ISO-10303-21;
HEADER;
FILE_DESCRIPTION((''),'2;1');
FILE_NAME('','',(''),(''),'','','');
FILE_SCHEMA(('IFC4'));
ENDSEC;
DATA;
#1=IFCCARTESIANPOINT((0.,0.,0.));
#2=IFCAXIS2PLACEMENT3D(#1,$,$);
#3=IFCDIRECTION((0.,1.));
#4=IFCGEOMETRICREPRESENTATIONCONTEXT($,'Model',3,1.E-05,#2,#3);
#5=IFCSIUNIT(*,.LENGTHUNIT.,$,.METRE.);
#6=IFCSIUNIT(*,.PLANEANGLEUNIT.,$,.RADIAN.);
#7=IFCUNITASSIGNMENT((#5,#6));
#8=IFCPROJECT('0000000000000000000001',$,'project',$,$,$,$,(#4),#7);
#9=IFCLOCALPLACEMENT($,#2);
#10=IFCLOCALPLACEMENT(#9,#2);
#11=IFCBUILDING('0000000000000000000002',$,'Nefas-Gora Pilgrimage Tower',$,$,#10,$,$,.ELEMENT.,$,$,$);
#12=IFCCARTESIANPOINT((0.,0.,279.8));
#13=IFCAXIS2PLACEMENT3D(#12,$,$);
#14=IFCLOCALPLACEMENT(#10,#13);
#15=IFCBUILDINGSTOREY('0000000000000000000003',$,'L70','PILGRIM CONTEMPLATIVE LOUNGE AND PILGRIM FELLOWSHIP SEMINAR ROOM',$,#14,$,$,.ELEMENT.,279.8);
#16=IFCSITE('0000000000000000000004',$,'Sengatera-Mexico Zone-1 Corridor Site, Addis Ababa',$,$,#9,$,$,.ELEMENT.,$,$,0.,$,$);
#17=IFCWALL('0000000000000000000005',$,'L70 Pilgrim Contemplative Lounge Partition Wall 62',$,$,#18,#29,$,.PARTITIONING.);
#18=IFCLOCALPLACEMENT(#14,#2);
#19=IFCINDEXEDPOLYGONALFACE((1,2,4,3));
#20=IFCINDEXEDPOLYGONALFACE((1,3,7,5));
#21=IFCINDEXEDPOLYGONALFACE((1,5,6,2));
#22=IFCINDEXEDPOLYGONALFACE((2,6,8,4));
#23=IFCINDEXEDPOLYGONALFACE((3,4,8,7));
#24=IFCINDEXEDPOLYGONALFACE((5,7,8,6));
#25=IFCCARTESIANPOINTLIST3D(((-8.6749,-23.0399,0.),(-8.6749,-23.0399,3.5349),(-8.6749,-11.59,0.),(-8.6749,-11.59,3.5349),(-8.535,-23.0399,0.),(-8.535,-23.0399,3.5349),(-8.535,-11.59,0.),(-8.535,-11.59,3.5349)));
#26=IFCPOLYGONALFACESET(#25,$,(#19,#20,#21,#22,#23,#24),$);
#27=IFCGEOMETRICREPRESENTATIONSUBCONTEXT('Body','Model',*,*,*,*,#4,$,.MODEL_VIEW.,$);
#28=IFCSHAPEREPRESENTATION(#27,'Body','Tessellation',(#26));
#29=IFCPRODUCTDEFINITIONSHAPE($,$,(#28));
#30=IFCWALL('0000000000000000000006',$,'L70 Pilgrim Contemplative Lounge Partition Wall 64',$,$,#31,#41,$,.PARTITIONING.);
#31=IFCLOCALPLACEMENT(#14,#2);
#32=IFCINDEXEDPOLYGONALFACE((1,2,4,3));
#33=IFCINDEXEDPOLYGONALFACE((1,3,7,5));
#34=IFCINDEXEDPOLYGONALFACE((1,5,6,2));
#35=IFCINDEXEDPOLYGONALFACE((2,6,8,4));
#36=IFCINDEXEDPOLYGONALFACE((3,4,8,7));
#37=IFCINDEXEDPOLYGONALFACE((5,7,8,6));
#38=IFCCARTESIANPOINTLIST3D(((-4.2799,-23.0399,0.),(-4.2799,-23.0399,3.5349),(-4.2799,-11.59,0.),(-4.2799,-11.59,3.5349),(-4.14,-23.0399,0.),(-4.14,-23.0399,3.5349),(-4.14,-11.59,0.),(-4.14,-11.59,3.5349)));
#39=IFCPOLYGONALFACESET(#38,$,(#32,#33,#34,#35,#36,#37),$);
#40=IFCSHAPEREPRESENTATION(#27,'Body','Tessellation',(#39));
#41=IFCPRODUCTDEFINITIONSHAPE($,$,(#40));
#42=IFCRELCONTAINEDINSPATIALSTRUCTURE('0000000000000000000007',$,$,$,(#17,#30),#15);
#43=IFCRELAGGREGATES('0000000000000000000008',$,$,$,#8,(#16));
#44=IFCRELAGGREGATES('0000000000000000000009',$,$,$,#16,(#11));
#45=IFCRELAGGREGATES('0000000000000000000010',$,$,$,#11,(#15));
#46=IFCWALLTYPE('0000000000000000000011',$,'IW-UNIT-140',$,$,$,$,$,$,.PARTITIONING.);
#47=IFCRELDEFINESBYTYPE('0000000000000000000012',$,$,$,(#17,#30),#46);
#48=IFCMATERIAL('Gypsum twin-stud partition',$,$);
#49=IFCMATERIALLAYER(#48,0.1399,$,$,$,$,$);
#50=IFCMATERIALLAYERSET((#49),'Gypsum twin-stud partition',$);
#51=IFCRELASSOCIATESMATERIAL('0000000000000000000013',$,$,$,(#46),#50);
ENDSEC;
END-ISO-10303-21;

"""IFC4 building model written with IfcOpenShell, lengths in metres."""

from ifc_helpers import new_model, si_unit, direction, frame, frame_2d, origin, place, context, subcontext, project, spatial, rectangle, extrude, source, transform, mapped, material, layer, layer_set, type_object, element, save


model = new_model("IFC4")

# Units and contexts
model_context = context("Model", 3, precision=1e-05, world=origin(), true_north=direction((0.0, 1.0)))
body_context = subcontext(model_context, "Body", "Model", "MODEL_VIEW")
ifc_project = project(units=[si_unit("LENGTHUNIT", "METRE"), si_unit("PLANEANGLEUNIT", "RADIAN")], contexts=[model_context])

# Site, building, storey
site_placement = place(None, origin())
site = spatial("IfcSite", under=ifc_project, at=site_placement, Name="Sengatera-Mexico Zone-1 Corridor Site, Addis Ababa", CompositionType="ELEMENT", RefElevation=0.0)
building_placement = place(site_placement, origin())
building = spatial("IfcBuilding", under=site, at=building_placement, Name="Nefas-Gora Pilgrimage Tower", CompositionType="ELEMENT")
storey_placement = place(building_placement, frame((0.0, 0.0, 279.8)))
storey = spatial("IfcBuildingStorey", under=building, at=storey_placement, Name="L70", Description="PILGRIM CONTEMPLATIVE LOUNGE AND PILGRIM FELLOWSHIP SEMINAR ROOM", CompositionType="ELEMENT", Elevation=279.8)

# Walls
ifc_material_1 = material(Name="Gypsum twin-stud partition")
ifc_layer_1 = layer(ifc_material_1, 0.1399)
ifc_layer_set_1 = layer_set([ifc_layer_1], Name="Gypsum twin-stud partition")
wall_type_1 = type_object("IfcWallType", Name="IW-UNIT-140", PredefinedType="PARTITIONING", material=ifc_layer_set_1)
shared_shape_1 = source(origin(), body_context, "Body", "SweptSolid", [
    extrude(rectangle(XDim=11.45, YDim=0.1399, at=frame_2d((5.7251, 0.0))), origin(), (0.0, 0.0, 1.0), 3.5349),
])
for number, where, z_axis, x_axis, name in (
    (1, (-8.605, -23.04, 0.0), (0.0, 0.0, 1.0), (0.0, 1.0, 0.0), "L70 Pilgrim Contemplative Lounge Partition Wall 62"),
    (2, (-4.21, -23.04, 0.0), (0.0, 0.0, 1.0), (0.0, 1.0, 0.0), "L70 Pilgrim Contemplative Lounge Partition Wall 64"),
):
    element("IfcWall", number, at=place(storey_placement, frame(where, z_axis=z_axis, x_axis=x_axis)), inside=storey, type_object=wall_type_1, Name=name, PredefinedType="PARTITIONING", context=body_context, shape_type="MappedRepresentation", body=[
        mapped(shared_shape_1, transform((0.0, 0.0, 0.0), x_axis=(1.0, 0.0, 0.0), y_axis=(0.0, 1.0, 0.0), z_axis=(0.0, 0.0, 1.0), scale=1.0)),
    ])

save(model, "model.ifc")
